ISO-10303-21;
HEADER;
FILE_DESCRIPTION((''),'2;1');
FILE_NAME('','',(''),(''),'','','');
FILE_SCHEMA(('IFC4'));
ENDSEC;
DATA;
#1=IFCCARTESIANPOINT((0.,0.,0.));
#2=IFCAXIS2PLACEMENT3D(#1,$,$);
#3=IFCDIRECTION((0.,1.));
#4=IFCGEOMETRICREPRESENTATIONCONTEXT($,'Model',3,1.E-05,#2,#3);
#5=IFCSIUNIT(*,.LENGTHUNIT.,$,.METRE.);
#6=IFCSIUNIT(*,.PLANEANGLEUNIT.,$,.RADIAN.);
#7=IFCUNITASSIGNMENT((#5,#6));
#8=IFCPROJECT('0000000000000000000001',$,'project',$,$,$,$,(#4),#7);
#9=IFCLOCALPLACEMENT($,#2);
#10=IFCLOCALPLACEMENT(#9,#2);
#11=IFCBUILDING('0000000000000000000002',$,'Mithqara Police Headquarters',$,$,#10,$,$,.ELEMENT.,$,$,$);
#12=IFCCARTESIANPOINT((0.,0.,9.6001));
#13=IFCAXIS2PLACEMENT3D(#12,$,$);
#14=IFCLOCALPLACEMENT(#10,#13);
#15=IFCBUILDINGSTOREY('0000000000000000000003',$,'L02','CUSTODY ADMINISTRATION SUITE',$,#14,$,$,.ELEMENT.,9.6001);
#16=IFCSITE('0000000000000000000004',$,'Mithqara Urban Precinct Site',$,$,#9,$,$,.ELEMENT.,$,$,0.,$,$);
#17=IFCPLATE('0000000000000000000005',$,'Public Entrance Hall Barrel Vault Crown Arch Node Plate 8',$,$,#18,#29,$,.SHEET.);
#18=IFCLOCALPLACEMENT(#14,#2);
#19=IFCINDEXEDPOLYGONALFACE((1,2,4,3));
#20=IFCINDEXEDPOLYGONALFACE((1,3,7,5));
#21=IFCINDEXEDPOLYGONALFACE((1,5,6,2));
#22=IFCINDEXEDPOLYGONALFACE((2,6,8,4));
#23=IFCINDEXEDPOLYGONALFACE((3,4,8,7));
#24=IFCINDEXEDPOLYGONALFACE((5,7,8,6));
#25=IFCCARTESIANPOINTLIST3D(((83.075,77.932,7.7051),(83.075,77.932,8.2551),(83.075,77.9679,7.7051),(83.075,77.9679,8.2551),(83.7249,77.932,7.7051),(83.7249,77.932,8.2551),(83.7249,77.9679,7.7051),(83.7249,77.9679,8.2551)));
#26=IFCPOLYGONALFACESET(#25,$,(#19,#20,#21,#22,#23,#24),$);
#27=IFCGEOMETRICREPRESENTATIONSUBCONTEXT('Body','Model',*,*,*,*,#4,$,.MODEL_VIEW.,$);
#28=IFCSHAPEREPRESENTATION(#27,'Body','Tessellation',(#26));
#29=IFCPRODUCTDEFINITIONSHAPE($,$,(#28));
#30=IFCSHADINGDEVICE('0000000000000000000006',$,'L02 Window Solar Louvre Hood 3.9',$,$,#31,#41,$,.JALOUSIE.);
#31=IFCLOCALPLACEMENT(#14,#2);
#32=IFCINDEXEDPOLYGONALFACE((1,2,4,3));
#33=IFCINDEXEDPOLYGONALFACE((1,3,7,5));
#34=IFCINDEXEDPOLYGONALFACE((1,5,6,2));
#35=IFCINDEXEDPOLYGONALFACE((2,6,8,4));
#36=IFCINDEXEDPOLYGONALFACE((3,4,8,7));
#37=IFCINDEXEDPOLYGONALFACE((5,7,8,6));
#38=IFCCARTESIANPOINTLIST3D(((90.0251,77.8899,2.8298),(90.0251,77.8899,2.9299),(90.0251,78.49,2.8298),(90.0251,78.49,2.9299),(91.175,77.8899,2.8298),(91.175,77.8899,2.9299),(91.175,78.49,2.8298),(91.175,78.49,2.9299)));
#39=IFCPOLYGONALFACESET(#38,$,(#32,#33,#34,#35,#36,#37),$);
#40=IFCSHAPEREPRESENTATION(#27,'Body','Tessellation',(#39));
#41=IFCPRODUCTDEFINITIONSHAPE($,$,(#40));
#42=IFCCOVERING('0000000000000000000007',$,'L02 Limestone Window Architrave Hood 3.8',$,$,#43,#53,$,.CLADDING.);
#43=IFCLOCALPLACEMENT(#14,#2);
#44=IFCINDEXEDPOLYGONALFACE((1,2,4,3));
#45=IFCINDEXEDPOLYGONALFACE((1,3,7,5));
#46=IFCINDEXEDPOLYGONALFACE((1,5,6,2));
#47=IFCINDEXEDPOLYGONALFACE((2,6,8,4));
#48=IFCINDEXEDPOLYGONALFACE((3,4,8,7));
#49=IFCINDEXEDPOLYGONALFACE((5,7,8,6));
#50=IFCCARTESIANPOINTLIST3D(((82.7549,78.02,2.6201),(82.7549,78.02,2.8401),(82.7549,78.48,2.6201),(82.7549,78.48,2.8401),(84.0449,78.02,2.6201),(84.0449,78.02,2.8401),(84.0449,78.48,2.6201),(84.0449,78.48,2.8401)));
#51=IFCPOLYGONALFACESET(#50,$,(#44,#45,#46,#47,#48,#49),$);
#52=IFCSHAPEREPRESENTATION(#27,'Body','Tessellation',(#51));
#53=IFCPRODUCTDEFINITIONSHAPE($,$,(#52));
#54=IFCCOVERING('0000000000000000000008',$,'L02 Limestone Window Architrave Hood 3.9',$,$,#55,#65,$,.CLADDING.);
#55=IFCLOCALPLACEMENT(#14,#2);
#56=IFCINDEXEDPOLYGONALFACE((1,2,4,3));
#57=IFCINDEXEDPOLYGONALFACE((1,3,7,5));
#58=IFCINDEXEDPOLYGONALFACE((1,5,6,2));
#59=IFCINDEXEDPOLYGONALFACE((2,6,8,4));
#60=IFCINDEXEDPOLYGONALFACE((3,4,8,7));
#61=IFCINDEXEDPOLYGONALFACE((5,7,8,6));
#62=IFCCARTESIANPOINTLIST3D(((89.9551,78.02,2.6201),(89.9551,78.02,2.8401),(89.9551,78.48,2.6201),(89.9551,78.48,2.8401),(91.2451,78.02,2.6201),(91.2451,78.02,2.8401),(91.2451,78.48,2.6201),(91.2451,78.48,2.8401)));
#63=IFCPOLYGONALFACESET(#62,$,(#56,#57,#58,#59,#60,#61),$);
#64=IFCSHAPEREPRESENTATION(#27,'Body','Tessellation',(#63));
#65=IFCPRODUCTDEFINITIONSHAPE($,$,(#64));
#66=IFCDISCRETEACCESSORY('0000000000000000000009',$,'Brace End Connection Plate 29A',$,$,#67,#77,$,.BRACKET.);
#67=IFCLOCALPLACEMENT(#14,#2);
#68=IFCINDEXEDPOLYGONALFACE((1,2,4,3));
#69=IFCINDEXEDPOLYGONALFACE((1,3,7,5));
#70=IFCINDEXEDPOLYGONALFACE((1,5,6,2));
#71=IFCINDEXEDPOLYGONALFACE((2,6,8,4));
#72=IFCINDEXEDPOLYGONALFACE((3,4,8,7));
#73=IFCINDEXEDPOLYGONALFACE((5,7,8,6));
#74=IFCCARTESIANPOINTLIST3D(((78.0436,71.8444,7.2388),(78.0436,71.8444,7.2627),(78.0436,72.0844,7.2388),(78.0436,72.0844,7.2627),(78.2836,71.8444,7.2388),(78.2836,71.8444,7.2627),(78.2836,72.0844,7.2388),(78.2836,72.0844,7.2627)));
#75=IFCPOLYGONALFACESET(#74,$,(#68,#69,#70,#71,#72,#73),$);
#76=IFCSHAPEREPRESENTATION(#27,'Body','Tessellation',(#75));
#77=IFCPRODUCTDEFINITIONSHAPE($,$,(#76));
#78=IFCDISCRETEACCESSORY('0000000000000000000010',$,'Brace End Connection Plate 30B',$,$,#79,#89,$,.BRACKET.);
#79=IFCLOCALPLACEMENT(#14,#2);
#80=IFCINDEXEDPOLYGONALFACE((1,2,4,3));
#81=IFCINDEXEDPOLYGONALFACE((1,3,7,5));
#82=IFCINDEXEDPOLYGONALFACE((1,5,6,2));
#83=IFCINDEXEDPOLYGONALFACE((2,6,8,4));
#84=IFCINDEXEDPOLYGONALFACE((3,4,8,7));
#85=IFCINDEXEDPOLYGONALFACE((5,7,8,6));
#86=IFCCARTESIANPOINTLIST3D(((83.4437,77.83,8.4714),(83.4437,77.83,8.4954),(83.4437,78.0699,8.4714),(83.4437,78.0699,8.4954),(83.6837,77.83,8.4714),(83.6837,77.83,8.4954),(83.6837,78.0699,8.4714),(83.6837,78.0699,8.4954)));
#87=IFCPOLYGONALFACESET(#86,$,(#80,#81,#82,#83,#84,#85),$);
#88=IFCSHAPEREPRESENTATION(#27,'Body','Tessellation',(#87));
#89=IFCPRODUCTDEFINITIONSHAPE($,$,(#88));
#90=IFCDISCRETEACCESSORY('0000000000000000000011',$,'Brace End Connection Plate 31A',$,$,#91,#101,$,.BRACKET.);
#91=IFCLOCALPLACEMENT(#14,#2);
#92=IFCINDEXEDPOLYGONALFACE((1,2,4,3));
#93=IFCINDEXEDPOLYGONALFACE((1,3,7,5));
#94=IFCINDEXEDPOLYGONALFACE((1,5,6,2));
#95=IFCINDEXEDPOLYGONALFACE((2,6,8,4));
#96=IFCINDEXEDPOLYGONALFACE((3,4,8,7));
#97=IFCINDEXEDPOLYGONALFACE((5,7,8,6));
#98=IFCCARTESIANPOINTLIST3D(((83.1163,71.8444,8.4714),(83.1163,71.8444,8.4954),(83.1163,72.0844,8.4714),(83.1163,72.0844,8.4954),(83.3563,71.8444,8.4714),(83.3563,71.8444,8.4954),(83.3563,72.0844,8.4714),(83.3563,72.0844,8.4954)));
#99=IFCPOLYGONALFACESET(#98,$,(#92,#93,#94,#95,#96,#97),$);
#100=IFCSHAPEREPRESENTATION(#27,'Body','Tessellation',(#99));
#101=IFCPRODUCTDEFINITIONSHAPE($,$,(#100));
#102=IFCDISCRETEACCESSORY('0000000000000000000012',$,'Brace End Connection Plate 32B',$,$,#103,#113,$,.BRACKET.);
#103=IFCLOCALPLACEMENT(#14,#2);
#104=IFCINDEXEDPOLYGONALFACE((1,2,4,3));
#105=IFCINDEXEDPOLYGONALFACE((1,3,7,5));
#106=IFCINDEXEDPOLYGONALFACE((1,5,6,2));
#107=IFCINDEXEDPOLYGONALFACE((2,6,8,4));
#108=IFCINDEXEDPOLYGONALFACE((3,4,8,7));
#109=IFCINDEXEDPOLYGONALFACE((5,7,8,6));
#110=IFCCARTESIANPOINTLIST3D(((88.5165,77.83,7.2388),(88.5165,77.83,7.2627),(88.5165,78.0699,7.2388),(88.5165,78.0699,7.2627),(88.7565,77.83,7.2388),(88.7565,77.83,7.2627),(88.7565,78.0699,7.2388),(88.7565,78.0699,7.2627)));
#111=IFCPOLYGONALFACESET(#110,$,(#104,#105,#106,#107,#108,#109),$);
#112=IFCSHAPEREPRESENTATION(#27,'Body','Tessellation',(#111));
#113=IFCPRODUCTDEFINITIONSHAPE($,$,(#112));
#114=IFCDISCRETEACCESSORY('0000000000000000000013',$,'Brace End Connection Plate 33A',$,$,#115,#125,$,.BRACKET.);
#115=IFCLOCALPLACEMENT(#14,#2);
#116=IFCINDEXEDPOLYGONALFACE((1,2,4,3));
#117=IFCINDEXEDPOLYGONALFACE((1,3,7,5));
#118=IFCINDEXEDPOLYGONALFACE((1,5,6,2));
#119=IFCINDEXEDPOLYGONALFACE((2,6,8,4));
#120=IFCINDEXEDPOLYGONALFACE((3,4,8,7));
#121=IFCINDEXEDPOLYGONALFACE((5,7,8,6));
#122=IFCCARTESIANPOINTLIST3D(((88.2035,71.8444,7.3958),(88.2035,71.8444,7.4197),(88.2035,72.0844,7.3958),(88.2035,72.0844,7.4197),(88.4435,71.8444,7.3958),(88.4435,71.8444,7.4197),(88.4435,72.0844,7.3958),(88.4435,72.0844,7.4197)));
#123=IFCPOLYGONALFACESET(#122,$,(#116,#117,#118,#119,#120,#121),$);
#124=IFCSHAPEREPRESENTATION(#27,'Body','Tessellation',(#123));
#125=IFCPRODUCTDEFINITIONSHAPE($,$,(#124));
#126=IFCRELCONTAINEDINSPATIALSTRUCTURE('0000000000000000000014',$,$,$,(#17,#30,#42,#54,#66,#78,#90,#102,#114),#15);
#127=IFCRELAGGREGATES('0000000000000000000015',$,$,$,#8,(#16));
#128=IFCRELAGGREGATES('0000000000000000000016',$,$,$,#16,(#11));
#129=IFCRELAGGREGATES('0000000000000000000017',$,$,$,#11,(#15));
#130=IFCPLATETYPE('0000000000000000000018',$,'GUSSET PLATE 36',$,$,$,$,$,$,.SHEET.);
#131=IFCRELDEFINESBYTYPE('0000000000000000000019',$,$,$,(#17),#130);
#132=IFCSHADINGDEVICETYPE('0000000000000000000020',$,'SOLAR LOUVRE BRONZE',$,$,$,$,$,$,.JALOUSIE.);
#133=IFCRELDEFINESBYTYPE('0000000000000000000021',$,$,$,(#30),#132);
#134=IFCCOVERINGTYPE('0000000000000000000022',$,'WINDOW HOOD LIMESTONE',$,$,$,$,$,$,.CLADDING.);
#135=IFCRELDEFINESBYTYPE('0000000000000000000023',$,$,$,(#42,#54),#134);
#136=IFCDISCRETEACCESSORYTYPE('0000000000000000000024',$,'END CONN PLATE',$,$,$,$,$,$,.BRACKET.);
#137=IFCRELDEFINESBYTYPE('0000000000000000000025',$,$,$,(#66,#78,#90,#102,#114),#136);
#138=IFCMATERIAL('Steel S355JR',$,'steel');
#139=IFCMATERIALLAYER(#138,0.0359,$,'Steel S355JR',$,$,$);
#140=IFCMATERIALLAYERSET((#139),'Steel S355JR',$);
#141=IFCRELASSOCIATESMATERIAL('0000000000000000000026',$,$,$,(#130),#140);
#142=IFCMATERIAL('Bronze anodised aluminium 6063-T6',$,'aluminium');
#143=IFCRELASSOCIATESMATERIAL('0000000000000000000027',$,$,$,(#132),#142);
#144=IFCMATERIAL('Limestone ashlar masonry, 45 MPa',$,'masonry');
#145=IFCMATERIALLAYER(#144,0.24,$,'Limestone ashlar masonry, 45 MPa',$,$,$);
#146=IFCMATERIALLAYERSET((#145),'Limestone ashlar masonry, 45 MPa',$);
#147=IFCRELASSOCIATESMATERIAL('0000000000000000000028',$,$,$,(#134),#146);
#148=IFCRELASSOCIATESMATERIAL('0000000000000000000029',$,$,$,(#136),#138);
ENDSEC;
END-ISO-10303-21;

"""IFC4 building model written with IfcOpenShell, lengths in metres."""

from ifc_helpers import new_model, si_unit, direction, frame, origin, origin_2d, place, context, subcontext, project, spatial, rectangle, extrude, material, layer, layer_set, type_object, element, save


model = new_model("IFC4")

# Units and contexts
model_context = context("Model", 3, precision=1e-05, world=origin(), true_north=direction((0.0, 1.0)))
body_context = subcontext(model_context, "Body", "Model", "MODEL_VIEW")
ifc_project = project(units=[si_unit("LENGTHUNIT", "METRE"), si_unit("PLANEANGLEUNIT", "RADIAN")], contexts=[model_context])

# Site, building, storey
site_placement = place(None, origin())
site = spatial("IfcSite", under=ifc_project, at=site_placement, Name="Mithqara Urban Precinct Site", CompositionType="ELEMENT", RefElevation=0.0)
building_placement = place(site_placement, origin())
building = spatial("IfcBuilding", under=site, at=building_placement, Name="Mithqara Police Headquarters", CompositionType="ELEMENT")
storey_placement = place(building_placement, frame((0.0, 0.0, 9.6001)))
storey = spatial("IfcBuildingStorey", under=building, at=storey_placement, Name="L02", Description="CUSTODY ADMINISTRATION SUITE", CompositionType="ELEMENT", Elevation=9.6001)

# Shared definitions
ifc_material_1 = material(Name="Steel S355JR", Category="steel")

# Plate
ifc_layer_1 = layer(ifc_material_1, 0.0359, Name="Steel S355JR")
ifc_layer_set_1 = layer_set([ifc_layer_1], Name="Steel S355JR")
plate_type = type_object("IfcPlateType", Name="GUSSET PLATE 36", PredefinedType="SHEET", material=ifc_layer_set_1)
for number, where, z_axis, x_axis, name in (
    (1, (83.3999, 77.95, 7.7051), (0.0, 0.0, 1.0), (1.0, 0.0, 0.0), "Public Entrance Hall Barrel Vault Crown Arch Node Plate 8"),
):
    element("IfcPlate", number, at=place(storey_placement, frame(where, z_axis=z_axis, x_axis=x_axis)), inside=storey, type_object=plate_type, Name=name, PredefinedType="SHEET", context=body_context, shape_type="SweptSolid", body=[
        extrude(rectangle(XDim=0.6499, YDim=0.0359, at=origin_2d()), origin(), (0.0, 0.0, 1.0), 0.55),
    ])

# Shading device
ifc_material_2 = material(Name="Bronze anodised aluminium 6063-T6", Category="aluminium")
shading_device_type = type_object("IfcShadingDeviceType", Name="SOLAR LOUVRE BRONZE", PredefinedType="JALOUSIE", material=ifc_material_2)
shading_device_placement = place(storey_placement, frame((90.6001, 78.1899, 2.8298), z_axis=(0.0, 0.0, 1.0), x_axis=(1.0, 0.0, 0.0)))
element("IfcShadingDevice", 2, at=shading_device_placement, inside=storey, type_object=shading_device_type, Name="L02 Window Solar Louvre Hood 3.9", PredefinedType="JALOUSIE", context=body_context, shape_type="SweptSolid", body=[
    extrude(rectangle(XDim=1.1499, YDim=0.6001, at=origin_2d()), origin(), (0.0, 0.0, 1.0), 0.1001),
])

# Coverings
ifc_material_3 = material(Name="Limestone ashlar masonry, 45 MPa", Category="masonry")
ifc_layer_2 = layer(ifc_material_3, 0.24, Name="Limestone ashlar masonry, 45 MPa")
ifc_layer_set_2 = layer_set([ifc_layer_2], Name="Limestone ashlar masonry, 45 MPa")
covering_type = type_object("IfcCoveringType", Name="WINDOW HOOD LIMESTONE", PredefinedType="CLADDING", material=ifc_layer_set_2)
for number, where, z_axis, x_axis, name in (
    (3, (83.3999, 78.25, 2.6201), (0.0, 0.0, 1.0), (1.0, 0.0, 0.0), "L02 Limestone Window Architrave Hood 3.8"),
    (4, (90.6001, 78.25, 2.6201), (0.0, 0.0, 1.0), (1.0, 0.0, 0.0), "L02 Limestone Window Architrave Hood 3.9"),
):
    element("IfcCovering", number, at=place(storey_placement, frame(where, z_axis=z_axis, x_axis=x_axis)), inside=storey, type_object=covering_type, Name=name, PredefinedType="CLADDING", context=body_context, shape_type="SweptSolid", body=[
        extrude(rectangle(XDim=1.29, YDim=0.46, at=origin_2d()), origin(), (0.0, 0.0, 1.0), 0.22),
    ])

# Discrete accessories
discrete_accessory_type = type_object("IfcDiscreteAccessoryType", Name="END CONN PLATE", PredefinedType="BRACKET", material=ifc_material_1)
for number, where, z_axis, x_axis, name in (
    (5, (78.1636, 71.9644, 7.2388), (0.0, 0.0, 1.0), (1.0, 0.0, 0.0), "Brace End Connection Plate 29A"),
    (6, (83.5637, 77.95, 8.4714), (0.0, 0.0, 1.0), (1.0, 0.0, 0.0), "Brace End Connection Plate 30B"),
    (7, (83.2363, 71.9644, 8.4714), (0.0, 0.0, 1.0), (1.0, 0.0, 0.0), "Brace End Connection Plate 31A"),
    (8, (88.6365, 77.95, 7.2388), (0.0, 0.0, 1.0), (1.0, 0.0, 0.0), "Brace End Connection Plate 32B"),
    (9, (88.3235, 71.9644, 7.3958), (0.0, 0.0, 1.0), (1.0, 0.0, 0.0), "Brace End Connection Plate 33A"),
):
    element("IfcDiscreteAccessory", number, at=place(storey_placement, frame(where, z_axis=z_axis, x_axis=x_axis)), inside=storey, type_object=discrete_accessory_type, Name=name, PredefinedType="BRACKET", context=body_context, shape_type="SweptSolid", body=[
        extrude(rectangle(XDim=0.24, YDim=0.24, at=origin_2d()), origin(), (0.0, 0.0, 1.0), 0.0239),
    ])

save(model, "model.ifc")
